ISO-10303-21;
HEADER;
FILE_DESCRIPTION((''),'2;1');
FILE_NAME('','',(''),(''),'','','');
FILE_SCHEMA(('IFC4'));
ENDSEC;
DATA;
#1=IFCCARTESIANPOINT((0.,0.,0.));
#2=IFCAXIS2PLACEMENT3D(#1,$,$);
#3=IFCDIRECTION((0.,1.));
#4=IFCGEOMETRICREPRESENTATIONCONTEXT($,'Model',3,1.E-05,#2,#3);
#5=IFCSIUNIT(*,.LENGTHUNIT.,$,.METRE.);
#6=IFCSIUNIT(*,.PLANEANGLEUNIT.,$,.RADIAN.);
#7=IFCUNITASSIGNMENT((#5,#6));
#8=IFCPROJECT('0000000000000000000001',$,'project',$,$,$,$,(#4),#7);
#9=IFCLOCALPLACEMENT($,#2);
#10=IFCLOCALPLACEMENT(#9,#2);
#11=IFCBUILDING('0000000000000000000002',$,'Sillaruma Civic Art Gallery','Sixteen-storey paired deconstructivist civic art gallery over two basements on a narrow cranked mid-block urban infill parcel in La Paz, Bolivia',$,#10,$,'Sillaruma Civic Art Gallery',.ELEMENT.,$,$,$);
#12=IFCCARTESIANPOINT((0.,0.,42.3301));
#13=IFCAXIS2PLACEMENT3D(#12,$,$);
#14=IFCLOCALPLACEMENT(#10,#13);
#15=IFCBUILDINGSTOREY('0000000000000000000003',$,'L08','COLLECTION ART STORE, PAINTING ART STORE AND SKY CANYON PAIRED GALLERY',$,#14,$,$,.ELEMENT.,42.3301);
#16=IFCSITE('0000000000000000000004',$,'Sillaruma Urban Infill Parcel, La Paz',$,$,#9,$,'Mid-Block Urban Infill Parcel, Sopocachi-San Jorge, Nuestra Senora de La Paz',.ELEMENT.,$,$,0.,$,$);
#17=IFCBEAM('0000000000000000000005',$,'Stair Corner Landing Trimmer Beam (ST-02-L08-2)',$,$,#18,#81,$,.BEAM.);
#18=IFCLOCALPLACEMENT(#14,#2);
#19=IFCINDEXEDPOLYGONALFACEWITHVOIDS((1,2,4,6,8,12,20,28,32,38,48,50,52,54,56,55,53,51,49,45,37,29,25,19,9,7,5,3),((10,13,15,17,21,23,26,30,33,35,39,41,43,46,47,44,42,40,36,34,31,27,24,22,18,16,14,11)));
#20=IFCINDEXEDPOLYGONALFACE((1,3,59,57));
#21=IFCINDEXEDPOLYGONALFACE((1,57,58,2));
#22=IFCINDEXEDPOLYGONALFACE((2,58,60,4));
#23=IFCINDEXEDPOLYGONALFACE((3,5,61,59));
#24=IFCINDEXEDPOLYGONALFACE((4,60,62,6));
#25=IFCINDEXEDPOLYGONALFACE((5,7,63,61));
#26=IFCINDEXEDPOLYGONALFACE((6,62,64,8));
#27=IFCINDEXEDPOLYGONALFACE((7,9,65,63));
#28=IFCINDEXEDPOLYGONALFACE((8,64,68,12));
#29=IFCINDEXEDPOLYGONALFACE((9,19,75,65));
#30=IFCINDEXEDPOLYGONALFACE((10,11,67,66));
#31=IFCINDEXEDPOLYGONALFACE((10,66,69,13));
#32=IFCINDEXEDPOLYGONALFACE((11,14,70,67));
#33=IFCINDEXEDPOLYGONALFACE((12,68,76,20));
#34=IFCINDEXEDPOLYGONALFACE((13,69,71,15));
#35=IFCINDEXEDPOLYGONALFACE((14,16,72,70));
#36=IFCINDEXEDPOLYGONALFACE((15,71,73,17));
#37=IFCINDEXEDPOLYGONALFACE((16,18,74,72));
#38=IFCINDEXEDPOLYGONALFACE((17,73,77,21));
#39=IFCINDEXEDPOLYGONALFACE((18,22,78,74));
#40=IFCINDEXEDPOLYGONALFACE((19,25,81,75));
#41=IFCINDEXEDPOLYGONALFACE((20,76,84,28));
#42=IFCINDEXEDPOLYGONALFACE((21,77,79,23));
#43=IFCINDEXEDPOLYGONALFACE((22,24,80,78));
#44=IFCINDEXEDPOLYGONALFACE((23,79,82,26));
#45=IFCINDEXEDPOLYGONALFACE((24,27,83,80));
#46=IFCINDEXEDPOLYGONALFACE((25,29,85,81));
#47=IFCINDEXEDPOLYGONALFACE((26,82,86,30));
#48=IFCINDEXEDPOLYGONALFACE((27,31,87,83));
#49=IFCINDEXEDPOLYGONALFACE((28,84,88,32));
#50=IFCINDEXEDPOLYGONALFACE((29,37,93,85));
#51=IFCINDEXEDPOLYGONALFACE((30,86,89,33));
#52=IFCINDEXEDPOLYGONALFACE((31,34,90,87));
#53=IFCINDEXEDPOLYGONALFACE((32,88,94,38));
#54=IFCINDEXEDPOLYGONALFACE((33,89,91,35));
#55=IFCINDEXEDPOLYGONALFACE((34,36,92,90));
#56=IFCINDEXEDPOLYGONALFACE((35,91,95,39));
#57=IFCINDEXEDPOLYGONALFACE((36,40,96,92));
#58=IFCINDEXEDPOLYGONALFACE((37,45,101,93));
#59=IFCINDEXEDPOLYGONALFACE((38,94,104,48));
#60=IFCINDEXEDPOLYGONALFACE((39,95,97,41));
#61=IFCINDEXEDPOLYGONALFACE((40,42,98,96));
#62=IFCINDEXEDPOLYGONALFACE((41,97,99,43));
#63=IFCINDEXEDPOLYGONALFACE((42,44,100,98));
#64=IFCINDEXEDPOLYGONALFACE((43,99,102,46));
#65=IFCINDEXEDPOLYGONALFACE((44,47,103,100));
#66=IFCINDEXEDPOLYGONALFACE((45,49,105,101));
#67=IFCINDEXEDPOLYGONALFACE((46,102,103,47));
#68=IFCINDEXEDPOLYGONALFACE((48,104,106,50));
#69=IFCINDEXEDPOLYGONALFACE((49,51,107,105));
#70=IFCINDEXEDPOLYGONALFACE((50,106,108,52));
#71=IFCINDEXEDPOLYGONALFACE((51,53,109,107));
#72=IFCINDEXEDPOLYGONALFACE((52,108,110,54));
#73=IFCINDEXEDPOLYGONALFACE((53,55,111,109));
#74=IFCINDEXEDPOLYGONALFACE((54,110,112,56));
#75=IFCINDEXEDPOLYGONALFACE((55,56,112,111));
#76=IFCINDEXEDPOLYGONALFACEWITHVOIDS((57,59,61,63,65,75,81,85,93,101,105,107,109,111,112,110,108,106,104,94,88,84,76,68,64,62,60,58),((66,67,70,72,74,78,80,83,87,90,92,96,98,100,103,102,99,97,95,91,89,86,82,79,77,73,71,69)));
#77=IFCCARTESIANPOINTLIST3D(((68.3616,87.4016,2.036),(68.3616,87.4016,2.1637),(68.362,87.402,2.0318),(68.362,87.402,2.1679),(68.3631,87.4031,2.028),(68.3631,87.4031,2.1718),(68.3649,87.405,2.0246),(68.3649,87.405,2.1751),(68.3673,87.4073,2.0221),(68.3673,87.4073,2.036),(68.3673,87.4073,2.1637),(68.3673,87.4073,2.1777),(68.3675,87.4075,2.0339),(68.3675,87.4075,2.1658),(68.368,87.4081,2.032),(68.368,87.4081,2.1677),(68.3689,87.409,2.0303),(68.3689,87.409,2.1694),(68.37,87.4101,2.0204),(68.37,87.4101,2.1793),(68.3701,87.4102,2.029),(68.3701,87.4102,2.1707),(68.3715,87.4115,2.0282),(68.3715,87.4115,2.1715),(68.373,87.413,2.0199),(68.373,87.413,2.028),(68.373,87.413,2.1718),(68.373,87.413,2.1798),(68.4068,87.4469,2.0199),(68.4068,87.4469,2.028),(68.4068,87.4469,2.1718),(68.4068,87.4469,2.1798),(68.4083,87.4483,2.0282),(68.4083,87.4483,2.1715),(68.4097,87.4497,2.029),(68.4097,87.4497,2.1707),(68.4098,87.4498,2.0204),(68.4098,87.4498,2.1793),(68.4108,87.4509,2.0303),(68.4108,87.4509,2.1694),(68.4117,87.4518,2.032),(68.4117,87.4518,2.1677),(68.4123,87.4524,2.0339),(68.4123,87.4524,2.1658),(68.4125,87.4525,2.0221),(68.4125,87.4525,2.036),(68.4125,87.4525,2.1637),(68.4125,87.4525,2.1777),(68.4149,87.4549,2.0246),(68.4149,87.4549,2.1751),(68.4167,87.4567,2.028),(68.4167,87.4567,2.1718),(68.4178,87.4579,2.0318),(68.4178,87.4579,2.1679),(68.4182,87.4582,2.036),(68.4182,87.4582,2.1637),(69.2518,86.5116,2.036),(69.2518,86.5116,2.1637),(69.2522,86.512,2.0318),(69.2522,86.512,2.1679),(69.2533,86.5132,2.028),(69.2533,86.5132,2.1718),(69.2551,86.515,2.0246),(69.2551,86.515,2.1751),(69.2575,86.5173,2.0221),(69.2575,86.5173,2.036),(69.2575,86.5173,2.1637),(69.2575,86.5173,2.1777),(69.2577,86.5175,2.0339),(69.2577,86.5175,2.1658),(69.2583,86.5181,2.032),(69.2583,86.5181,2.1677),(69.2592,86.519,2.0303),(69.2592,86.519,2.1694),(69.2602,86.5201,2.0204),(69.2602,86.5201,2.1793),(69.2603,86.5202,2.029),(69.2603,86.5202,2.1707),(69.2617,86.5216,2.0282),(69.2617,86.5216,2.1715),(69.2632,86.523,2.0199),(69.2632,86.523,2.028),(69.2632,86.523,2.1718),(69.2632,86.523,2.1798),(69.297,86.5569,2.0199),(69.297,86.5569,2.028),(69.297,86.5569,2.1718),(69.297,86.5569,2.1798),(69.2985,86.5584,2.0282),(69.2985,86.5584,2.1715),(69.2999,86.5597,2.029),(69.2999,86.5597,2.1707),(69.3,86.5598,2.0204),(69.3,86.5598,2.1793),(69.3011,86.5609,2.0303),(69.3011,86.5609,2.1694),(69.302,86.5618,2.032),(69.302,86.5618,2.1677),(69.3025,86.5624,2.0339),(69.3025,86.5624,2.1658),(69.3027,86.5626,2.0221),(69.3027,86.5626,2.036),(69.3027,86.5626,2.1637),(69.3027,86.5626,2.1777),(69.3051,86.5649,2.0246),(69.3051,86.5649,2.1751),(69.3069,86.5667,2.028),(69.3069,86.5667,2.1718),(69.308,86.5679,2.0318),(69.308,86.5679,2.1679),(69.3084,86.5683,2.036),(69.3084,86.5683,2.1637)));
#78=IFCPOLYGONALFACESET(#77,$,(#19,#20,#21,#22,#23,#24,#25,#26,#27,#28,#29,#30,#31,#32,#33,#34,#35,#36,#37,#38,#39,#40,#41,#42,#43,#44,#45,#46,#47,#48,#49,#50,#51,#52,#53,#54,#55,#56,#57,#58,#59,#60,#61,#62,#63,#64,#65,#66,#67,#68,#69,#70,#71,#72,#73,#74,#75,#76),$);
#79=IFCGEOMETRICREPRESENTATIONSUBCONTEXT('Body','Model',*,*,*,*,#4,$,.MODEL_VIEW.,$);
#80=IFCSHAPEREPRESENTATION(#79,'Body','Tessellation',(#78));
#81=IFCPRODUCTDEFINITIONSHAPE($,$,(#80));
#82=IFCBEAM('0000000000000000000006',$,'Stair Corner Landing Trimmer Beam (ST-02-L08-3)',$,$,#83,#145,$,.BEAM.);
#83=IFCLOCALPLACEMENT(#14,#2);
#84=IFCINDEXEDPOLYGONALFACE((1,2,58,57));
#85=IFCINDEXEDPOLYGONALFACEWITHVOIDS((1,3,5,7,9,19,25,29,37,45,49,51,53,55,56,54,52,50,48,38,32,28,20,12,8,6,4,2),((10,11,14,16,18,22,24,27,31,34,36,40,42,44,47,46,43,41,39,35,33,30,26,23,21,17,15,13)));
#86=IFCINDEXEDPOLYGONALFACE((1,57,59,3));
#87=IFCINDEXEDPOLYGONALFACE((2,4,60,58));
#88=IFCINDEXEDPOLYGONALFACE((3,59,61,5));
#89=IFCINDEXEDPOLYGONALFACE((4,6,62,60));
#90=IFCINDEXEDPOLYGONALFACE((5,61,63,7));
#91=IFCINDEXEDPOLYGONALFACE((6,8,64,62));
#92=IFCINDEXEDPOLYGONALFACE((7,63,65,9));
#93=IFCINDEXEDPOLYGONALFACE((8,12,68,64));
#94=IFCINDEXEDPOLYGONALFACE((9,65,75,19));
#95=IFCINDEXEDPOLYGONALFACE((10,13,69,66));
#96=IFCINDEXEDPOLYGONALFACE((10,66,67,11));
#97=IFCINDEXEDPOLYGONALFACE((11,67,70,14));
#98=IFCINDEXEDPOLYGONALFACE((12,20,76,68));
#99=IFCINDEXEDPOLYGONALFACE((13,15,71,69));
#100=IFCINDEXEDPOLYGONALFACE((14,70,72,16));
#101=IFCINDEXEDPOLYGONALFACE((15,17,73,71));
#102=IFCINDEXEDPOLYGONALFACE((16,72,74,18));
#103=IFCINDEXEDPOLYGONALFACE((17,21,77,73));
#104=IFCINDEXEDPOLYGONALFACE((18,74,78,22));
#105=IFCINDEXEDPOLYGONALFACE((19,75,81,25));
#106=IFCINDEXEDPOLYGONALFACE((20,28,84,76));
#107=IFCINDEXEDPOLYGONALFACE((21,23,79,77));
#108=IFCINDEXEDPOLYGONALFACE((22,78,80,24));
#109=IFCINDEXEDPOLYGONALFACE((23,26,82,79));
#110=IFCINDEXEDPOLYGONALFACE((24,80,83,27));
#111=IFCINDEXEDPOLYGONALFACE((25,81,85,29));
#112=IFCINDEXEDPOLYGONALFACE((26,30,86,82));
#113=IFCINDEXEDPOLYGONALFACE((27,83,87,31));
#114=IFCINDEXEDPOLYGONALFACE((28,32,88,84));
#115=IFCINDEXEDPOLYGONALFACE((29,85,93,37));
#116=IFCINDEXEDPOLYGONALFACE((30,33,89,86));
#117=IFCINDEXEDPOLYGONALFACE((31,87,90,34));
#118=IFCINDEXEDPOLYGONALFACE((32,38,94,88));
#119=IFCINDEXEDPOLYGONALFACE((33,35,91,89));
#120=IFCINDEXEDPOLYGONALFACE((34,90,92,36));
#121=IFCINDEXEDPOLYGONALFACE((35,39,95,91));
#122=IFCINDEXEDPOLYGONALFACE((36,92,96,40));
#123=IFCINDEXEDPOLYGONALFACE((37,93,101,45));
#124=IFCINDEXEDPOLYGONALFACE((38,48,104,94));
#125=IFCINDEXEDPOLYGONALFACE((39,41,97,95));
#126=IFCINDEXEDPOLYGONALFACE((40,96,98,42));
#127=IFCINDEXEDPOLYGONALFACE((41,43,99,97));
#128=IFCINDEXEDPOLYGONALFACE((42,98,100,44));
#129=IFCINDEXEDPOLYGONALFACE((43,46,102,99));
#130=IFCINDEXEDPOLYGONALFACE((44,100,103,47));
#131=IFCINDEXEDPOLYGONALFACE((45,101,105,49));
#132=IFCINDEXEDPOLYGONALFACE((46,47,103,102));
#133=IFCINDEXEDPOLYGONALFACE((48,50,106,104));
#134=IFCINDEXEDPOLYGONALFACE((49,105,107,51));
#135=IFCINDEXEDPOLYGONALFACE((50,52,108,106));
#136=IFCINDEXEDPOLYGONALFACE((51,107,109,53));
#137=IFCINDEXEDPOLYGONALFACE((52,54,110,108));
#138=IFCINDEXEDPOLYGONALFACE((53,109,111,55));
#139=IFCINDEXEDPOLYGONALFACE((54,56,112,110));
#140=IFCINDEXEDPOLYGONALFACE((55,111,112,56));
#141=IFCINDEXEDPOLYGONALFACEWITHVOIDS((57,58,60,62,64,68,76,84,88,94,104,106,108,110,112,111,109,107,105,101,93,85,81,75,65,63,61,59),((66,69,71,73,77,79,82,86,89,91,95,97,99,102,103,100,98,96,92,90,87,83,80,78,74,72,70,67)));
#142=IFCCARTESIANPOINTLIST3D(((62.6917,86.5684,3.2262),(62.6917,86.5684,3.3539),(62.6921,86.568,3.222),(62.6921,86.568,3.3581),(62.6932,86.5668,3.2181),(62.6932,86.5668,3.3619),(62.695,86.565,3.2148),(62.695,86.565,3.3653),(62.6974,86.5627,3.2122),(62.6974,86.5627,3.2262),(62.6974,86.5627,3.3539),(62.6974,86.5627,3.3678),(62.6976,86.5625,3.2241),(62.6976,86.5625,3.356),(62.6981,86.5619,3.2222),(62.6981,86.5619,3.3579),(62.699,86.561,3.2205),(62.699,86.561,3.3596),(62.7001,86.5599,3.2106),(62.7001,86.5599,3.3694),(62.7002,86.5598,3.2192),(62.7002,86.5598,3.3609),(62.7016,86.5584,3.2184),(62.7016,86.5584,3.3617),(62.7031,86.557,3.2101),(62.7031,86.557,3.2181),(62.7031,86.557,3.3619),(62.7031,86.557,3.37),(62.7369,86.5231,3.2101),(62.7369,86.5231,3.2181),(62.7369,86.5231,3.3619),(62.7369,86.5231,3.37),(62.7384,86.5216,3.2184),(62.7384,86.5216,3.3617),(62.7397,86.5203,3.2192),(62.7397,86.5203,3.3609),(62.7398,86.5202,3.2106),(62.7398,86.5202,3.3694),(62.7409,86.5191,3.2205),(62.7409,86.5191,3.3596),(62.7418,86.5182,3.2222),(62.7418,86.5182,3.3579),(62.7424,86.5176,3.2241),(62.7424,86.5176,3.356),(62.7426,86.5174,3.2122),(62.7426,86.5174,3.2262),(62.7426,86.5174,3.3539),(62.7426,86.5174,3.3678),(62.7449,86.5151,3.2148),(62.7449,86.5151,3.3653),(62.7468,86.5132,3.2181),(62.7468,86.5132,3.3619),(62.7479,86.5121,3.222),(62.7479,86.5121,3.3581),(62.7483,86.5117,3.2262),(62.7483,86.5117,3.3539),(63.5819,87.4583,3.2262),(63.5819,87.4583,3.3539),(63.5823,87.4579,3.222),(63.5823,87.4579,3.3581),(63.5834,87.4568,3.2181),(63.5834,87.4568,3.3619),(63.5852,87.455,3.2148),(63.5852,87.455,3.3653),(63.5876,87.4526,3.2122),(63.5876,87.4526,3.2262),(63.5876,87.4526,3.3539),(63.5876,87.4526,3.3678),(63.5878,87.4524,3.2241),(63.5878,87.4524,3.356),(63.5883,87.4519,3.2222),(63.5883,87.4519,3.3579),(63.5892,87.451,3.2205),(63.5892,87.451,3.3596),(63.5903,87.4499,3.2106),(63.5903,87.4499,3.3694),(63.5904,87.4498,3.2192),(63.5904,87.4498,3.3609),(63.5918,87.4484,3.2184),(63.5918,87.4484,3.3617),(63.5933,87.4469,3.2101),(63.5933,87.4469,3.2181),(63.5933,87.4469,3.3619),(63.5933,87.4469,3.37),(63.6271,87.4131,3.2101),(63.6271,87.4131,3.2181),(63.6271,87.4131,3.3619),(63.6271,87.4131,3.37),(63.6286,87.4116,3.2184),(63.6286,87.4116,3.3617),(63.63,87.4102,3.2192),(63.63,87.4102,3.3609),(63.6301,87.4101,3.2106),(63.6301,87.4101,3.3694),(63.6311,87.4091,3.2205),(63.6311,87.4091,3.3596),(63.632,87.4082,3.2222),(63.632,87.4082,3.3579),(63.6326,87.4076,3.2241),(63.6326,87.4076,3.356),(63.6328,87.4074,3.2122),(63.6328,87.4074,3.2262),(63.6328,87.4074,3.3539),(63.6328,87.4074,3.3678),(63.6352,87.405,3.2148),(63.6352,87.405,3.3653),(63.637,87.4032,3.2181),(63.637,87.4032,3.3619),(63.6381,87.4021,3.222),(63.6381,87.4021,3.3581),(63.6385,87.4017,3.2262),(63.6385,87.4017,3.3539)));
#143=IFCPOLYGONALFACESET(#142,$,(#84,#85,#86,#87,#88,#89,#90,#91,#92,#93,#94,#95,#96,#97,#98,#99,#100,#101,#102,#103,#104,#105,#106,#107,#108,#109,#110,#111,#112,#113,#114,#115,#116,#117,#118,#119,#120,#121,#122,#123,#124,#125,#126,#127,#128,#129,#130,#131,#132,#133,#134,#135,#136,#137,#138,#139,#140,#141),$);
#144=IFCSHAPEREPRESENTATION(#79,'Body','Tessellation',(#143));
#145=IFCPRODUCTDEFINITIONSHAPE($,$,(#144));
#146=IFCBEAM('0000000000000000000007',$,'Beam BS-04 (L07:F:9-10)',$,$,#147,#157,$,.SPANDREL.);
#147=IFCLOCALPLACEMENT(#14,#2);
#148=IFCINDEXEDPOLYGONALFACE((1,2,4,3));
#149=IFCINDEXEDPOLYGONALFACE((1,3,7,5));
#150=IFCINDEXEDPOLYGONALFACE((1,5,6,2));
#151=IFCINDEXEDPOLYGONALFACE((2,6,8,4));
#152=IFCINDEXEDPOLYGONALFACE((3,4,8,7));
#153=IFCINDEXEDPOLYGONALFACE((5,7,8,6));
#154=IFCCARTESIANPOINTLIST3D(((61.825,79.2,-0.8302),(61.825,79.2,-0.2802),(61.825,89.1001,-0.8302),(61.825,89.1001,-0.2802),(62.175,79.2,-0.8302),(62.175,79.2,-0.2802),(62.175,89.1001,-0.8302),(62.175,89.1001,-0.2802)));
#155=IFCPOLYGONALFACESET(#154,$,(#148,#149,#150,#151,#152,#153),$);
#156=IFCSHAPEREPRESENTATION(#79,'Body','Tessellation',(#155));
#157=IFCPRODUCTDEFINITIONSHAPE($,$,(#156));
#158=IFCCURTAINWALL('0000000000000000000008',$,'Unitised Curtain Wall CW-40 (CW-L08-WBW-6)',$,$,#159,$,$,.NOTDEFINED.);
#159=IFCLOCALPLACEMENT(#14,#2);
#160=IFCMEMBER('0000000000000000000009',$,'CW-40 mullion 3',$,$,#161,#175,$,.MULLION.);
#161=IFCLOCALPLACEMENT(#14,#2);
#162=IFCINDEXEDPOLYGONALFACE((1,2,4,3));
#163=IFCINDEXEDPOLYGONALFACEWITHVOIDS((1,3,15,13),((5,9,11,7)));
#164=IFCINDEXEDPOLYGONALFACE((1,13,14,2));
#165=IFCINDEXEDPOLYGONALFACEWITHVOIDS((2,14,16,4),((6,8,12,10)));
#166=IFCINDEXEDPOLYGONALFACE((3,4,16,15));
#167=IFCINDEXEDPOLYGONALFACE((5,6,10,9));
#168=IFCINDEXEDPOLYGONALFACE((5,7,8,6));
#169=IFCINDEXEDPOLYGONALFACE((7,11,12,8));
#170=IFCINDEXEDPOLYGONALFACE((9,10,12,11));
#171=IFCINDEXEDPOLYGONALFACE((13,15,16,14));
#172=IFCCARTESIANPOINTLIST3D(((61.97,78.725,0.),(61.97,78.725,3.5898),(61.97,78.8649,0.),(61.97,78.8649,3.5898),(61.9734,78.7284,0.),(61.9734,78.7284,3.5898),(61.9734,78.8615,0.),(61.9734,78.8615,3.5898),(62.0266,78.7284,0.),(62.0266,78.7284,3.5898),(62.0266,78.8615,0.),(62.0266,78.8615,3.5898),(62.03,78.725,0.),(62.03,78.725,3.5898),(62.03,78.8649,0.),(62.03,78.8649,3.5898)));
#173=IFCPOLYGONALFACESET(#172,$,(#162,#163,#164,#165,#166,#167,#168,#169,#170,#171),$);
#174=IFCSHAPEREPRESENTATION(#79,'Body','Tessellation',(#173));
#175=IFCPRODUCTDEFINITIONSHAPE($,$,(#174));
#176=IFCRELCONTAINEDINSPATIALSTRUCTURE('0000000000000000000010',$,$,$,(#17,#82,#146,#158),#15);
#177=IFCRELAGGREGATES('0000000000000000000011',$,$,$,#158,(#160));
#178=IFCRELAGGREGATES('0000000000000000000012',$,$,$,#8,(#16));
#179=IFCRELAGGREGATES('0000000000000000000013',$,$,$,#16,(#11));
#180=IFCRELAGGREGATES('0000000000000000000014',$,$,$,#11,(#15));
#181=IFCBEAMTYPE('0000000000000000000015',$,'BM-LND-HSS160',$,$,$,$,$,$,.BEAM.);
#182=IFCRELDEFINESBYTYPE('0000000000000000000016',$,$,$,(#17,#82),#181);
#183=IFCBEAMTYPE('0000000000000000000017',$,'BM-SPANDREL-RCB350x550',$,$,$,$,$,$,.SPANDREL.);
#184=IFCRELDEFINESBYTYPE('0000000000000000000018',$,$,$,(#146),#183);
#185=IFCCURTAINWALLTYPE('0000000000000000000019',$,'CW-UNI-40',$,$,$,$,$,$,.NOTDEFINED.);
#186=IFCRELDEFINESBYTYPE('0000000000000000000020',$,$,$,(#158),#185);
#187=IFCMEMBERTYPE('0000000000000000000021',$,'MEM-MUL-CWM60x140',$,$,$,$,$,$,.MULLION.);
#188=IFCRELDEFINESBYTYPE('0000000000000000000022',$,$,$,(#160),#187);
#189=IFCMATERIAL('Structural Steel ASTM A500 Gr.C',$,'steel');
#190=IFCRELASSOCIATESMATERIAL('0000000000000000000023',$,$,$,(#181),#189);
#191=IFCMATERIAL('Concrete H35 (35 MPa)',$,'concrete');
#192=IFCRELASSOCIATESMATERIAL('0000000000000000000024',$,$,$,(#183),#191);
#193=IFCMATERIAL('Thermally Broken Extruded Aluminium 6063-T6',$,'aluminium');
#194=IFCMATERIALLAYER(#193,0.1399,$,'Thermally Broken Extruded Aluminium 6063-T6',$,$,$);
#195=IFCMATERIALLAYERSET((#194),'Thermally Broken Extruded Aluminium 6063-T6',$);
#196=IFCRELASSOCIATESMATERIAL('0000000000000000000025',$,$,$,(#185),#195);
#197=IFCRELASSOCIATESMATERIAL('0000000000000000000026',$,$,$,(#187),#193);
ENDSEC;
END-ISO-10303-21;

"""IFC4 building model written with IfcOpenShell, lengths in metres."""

from ifc_helpers import new_model, si_unit, direction, frame, origin, origin_2d, place, context, subcontext, project, spatial, rectangle, hollow_rectangle, extrude, material, layer, layer_set, material_profile, profile_set, type_object, element, aggregate, save


model = new_model("IFC4")

# Units and contexts
model_context = context("Model", 3, precision=1e-05, world=origin(), true_north=direction((0.0, 1.0)))
body_context = subcontext(model_context, "Body", "Model", "MODEL_VIEW")
ifc_project = project(units=[si_unit("LENGTHUNIT", "METRE"), si_unit("PLANEANGLEUNIT", "RADIAN")], contexts=[model_context])

# Site, building, storey
site_placement = place(None, origin())
site = spatial("IfcSite", under=ifc_project, at=site_placement, Name="Sillaruma Urban Infill Parcel, La Paz", LongName="Mid-Block Urban Infill Parcel, Sopocachi-San Jorge, Nuestra Senora de La Paz", CompositionType="ELEMENT", RefElevation=0.0)
building_placement = place(site_placement, origin())
building = spatial("IfcBuilding", under=site, at=building_placement, Name="Sillaruma Civic Art Gallery", Description="Sixteen-storey paired deconstructivist civic art gallery over two basements on a narrow cranked mid-block urban infill parcel in La Paz, Bolivia", LongName="Sillaruma Civic Art Gallery", CompositionType="ELEMENT")
storey_placement = place(building_placement, frame((0.0, 0.0, 42.3301)))
storey = spatial("IfcBuildingStorey", under=building, at=storey_placement, Name="L08", Description="COLLECTION ART STORE, PAINTING ART STORE AND SKY CANYON PAIRED GALLERY", CompositionType="ELEMENT", Elevation=42.3301)

# Beams
ifc_material_1 = material(Name="Concrete H35 (35 MPa)", Category="concrete")
ifc_material_2 = material(Name="Structural Steel ASTM A500 Gr.C", Category="steel")
ifc_material_profile_1 = material_profile(ifc_material_2, hollow_rectangle(XDim=0.0801, YDim=0.1599, WallThickness=0.0081, InnerFilletRadius=0.0081, OuterFilletRadius=0.0161, at=origin_2d()), Name="HSS160x80x8")
ifc_profile_set_1 = profile_set([ifc_material_profile_1], Name="Structural Steel ASTM A500 Gr.C")
beam_type_1 = type_object("IfcBeamType", Name="BM-LND-HSS160", PredefinedType="BEAM", material=ifc_profile_set_1)
for number, where, z_axis, x_axis, name in (
    (1, (68.3899, 87.4299, 2.0999), (0.707204, -0.70701, 0.0), (0.70701, 0.707204, 0.0), "Stair Corner Landing Trimmer Beam (ST-02-L08-2)"),
    (2, (62.72, 86.54, 3.29), (0.707204, 0.70701, 0.0), (-0.70701, 0.707204, 0.0), "Stair Corner Landing Trimmer Beam (ST-02-L08-3)"),
):
    element("IfcBeam", number, at=place(storey_placement, frame(where, z_axis=z_axis, x_axis=x_axis)), inside=storey, type_object=beam_type_1, Name=name, PredefinedType="BEAM", context=body_context, shape_type="SweptSolid", body=[
        extrude(hollow_rectangle(XDim=0.0801, YDim=0.1599, WallThickness=0.0081, InnerFilletRadius=0.0081, OuterFilletRadius=0.0161, at=origin_2d()), origin(), (0.0, 0.0, 1.0), 1.2588),
    ])
ifc_material_profile_2 = material_profile(ifc_material_1, rectangle(XDim=0.3501, YDim=0.55, at=origin_2d()), Name="RCB350x550")
ifc_profile_set_2 = profile_set([ifc_material_profile_2], Name="Concrete H35 (35 MPa)")
beam_type_2 = type_object("IfcBeamType", Name="BM-SPANDREL-RCB350x550", PredefinedType="SPANDREL", material=ifc_profile_set_2)
beam_1_placement = place(storey_placement, frame((62.0, 79.2, -0.5552), z_axis=(0.0, 1.0, 0.0), x_axis=(-1.0, 0.0, 0.0)))
element("IfcBeam", 3, at=beam_1_placement, inside=storey, type_object=beam_type_2, Name="Beam BS-04 (L07:F:9-10)", PredefinedType="SPANDREL", context=body_context, shape_type="SweptSolid", body=[
    extrude(rectangle(XDim=0.3501, YDim=0.55, at=origin_2d()), origin(), (0.0, 0.0, 1.0), 9.9001),
])

# Curtain wall, member
ifc_material_3 = material(Name="Thermally Broken Extruded Aluminium 6063-T6", Category="aluminium")
ifc_layer_1 = layer(ifc_material_3, 0.1399, Name="Thermally Broken Extruded Aluminium 6063-T6")
ifc_layer_set_1 = layer_set([ifc_layer_1], Name="Thermally Broken Extruded Aluminium 6063-T6")
curtain_wall_type = type_object("IfcCurtainWallType", Name="CW-UNI-40", PredefinedType="NOTDEFINED", material=ifc_layer_set_1)
curtain_wall_placement = place(storey_placement, origin())
curtain_wall = element("IfcCurtainWall", 4, at=curtain_wall_placement, inside=storey, type_object=curtain_wall_type, Name="Unitised Curtain Wall CW-40 (CW-L08-WBW-6)", PredefinedType="NOTDEFINED")
ifc_material_profile_3 = material_profile(ifc_material_3, hollow_rectangle(XDim=0.0601, YDim=0.1399, WallThickness=0.0034, at=origin_2d()), Name="CWM60x140")
ifc_profile_set_3 = profile_set([ifc_material_profile_3], Name="Thermally Broken Extruded Aluminium 6063-T6")
member_type = type_object("IfcMemberType", Name="MEM-MUL-CWM60x140", PredefinedType="MULLION", material=ifc_profile_set_3)
member_placement = place(storey_placement, frame((62.0, 78.7949, 0.0), z_axis=(0.0, 0.0, 1.0), x_axis=(-1.0, 0.0, 0.0)))
member = element("IfcMember", 5, at=member_placement, type_object=member_type, Name="CW-40 mullion 3", PredefinedType="MULLION", context=body_context, shape_type="SweptSolid", body=[
    extrude(hollow_rectangle(XDim=0.0601, YDim=0.1399, WallThickness=0.0034, at=origin_2d()), origin(), (0.0, 0.0, 1.0), 3.5898),
])
aggregate(curtain_wall, [member])

save(model, "model.ifc")
